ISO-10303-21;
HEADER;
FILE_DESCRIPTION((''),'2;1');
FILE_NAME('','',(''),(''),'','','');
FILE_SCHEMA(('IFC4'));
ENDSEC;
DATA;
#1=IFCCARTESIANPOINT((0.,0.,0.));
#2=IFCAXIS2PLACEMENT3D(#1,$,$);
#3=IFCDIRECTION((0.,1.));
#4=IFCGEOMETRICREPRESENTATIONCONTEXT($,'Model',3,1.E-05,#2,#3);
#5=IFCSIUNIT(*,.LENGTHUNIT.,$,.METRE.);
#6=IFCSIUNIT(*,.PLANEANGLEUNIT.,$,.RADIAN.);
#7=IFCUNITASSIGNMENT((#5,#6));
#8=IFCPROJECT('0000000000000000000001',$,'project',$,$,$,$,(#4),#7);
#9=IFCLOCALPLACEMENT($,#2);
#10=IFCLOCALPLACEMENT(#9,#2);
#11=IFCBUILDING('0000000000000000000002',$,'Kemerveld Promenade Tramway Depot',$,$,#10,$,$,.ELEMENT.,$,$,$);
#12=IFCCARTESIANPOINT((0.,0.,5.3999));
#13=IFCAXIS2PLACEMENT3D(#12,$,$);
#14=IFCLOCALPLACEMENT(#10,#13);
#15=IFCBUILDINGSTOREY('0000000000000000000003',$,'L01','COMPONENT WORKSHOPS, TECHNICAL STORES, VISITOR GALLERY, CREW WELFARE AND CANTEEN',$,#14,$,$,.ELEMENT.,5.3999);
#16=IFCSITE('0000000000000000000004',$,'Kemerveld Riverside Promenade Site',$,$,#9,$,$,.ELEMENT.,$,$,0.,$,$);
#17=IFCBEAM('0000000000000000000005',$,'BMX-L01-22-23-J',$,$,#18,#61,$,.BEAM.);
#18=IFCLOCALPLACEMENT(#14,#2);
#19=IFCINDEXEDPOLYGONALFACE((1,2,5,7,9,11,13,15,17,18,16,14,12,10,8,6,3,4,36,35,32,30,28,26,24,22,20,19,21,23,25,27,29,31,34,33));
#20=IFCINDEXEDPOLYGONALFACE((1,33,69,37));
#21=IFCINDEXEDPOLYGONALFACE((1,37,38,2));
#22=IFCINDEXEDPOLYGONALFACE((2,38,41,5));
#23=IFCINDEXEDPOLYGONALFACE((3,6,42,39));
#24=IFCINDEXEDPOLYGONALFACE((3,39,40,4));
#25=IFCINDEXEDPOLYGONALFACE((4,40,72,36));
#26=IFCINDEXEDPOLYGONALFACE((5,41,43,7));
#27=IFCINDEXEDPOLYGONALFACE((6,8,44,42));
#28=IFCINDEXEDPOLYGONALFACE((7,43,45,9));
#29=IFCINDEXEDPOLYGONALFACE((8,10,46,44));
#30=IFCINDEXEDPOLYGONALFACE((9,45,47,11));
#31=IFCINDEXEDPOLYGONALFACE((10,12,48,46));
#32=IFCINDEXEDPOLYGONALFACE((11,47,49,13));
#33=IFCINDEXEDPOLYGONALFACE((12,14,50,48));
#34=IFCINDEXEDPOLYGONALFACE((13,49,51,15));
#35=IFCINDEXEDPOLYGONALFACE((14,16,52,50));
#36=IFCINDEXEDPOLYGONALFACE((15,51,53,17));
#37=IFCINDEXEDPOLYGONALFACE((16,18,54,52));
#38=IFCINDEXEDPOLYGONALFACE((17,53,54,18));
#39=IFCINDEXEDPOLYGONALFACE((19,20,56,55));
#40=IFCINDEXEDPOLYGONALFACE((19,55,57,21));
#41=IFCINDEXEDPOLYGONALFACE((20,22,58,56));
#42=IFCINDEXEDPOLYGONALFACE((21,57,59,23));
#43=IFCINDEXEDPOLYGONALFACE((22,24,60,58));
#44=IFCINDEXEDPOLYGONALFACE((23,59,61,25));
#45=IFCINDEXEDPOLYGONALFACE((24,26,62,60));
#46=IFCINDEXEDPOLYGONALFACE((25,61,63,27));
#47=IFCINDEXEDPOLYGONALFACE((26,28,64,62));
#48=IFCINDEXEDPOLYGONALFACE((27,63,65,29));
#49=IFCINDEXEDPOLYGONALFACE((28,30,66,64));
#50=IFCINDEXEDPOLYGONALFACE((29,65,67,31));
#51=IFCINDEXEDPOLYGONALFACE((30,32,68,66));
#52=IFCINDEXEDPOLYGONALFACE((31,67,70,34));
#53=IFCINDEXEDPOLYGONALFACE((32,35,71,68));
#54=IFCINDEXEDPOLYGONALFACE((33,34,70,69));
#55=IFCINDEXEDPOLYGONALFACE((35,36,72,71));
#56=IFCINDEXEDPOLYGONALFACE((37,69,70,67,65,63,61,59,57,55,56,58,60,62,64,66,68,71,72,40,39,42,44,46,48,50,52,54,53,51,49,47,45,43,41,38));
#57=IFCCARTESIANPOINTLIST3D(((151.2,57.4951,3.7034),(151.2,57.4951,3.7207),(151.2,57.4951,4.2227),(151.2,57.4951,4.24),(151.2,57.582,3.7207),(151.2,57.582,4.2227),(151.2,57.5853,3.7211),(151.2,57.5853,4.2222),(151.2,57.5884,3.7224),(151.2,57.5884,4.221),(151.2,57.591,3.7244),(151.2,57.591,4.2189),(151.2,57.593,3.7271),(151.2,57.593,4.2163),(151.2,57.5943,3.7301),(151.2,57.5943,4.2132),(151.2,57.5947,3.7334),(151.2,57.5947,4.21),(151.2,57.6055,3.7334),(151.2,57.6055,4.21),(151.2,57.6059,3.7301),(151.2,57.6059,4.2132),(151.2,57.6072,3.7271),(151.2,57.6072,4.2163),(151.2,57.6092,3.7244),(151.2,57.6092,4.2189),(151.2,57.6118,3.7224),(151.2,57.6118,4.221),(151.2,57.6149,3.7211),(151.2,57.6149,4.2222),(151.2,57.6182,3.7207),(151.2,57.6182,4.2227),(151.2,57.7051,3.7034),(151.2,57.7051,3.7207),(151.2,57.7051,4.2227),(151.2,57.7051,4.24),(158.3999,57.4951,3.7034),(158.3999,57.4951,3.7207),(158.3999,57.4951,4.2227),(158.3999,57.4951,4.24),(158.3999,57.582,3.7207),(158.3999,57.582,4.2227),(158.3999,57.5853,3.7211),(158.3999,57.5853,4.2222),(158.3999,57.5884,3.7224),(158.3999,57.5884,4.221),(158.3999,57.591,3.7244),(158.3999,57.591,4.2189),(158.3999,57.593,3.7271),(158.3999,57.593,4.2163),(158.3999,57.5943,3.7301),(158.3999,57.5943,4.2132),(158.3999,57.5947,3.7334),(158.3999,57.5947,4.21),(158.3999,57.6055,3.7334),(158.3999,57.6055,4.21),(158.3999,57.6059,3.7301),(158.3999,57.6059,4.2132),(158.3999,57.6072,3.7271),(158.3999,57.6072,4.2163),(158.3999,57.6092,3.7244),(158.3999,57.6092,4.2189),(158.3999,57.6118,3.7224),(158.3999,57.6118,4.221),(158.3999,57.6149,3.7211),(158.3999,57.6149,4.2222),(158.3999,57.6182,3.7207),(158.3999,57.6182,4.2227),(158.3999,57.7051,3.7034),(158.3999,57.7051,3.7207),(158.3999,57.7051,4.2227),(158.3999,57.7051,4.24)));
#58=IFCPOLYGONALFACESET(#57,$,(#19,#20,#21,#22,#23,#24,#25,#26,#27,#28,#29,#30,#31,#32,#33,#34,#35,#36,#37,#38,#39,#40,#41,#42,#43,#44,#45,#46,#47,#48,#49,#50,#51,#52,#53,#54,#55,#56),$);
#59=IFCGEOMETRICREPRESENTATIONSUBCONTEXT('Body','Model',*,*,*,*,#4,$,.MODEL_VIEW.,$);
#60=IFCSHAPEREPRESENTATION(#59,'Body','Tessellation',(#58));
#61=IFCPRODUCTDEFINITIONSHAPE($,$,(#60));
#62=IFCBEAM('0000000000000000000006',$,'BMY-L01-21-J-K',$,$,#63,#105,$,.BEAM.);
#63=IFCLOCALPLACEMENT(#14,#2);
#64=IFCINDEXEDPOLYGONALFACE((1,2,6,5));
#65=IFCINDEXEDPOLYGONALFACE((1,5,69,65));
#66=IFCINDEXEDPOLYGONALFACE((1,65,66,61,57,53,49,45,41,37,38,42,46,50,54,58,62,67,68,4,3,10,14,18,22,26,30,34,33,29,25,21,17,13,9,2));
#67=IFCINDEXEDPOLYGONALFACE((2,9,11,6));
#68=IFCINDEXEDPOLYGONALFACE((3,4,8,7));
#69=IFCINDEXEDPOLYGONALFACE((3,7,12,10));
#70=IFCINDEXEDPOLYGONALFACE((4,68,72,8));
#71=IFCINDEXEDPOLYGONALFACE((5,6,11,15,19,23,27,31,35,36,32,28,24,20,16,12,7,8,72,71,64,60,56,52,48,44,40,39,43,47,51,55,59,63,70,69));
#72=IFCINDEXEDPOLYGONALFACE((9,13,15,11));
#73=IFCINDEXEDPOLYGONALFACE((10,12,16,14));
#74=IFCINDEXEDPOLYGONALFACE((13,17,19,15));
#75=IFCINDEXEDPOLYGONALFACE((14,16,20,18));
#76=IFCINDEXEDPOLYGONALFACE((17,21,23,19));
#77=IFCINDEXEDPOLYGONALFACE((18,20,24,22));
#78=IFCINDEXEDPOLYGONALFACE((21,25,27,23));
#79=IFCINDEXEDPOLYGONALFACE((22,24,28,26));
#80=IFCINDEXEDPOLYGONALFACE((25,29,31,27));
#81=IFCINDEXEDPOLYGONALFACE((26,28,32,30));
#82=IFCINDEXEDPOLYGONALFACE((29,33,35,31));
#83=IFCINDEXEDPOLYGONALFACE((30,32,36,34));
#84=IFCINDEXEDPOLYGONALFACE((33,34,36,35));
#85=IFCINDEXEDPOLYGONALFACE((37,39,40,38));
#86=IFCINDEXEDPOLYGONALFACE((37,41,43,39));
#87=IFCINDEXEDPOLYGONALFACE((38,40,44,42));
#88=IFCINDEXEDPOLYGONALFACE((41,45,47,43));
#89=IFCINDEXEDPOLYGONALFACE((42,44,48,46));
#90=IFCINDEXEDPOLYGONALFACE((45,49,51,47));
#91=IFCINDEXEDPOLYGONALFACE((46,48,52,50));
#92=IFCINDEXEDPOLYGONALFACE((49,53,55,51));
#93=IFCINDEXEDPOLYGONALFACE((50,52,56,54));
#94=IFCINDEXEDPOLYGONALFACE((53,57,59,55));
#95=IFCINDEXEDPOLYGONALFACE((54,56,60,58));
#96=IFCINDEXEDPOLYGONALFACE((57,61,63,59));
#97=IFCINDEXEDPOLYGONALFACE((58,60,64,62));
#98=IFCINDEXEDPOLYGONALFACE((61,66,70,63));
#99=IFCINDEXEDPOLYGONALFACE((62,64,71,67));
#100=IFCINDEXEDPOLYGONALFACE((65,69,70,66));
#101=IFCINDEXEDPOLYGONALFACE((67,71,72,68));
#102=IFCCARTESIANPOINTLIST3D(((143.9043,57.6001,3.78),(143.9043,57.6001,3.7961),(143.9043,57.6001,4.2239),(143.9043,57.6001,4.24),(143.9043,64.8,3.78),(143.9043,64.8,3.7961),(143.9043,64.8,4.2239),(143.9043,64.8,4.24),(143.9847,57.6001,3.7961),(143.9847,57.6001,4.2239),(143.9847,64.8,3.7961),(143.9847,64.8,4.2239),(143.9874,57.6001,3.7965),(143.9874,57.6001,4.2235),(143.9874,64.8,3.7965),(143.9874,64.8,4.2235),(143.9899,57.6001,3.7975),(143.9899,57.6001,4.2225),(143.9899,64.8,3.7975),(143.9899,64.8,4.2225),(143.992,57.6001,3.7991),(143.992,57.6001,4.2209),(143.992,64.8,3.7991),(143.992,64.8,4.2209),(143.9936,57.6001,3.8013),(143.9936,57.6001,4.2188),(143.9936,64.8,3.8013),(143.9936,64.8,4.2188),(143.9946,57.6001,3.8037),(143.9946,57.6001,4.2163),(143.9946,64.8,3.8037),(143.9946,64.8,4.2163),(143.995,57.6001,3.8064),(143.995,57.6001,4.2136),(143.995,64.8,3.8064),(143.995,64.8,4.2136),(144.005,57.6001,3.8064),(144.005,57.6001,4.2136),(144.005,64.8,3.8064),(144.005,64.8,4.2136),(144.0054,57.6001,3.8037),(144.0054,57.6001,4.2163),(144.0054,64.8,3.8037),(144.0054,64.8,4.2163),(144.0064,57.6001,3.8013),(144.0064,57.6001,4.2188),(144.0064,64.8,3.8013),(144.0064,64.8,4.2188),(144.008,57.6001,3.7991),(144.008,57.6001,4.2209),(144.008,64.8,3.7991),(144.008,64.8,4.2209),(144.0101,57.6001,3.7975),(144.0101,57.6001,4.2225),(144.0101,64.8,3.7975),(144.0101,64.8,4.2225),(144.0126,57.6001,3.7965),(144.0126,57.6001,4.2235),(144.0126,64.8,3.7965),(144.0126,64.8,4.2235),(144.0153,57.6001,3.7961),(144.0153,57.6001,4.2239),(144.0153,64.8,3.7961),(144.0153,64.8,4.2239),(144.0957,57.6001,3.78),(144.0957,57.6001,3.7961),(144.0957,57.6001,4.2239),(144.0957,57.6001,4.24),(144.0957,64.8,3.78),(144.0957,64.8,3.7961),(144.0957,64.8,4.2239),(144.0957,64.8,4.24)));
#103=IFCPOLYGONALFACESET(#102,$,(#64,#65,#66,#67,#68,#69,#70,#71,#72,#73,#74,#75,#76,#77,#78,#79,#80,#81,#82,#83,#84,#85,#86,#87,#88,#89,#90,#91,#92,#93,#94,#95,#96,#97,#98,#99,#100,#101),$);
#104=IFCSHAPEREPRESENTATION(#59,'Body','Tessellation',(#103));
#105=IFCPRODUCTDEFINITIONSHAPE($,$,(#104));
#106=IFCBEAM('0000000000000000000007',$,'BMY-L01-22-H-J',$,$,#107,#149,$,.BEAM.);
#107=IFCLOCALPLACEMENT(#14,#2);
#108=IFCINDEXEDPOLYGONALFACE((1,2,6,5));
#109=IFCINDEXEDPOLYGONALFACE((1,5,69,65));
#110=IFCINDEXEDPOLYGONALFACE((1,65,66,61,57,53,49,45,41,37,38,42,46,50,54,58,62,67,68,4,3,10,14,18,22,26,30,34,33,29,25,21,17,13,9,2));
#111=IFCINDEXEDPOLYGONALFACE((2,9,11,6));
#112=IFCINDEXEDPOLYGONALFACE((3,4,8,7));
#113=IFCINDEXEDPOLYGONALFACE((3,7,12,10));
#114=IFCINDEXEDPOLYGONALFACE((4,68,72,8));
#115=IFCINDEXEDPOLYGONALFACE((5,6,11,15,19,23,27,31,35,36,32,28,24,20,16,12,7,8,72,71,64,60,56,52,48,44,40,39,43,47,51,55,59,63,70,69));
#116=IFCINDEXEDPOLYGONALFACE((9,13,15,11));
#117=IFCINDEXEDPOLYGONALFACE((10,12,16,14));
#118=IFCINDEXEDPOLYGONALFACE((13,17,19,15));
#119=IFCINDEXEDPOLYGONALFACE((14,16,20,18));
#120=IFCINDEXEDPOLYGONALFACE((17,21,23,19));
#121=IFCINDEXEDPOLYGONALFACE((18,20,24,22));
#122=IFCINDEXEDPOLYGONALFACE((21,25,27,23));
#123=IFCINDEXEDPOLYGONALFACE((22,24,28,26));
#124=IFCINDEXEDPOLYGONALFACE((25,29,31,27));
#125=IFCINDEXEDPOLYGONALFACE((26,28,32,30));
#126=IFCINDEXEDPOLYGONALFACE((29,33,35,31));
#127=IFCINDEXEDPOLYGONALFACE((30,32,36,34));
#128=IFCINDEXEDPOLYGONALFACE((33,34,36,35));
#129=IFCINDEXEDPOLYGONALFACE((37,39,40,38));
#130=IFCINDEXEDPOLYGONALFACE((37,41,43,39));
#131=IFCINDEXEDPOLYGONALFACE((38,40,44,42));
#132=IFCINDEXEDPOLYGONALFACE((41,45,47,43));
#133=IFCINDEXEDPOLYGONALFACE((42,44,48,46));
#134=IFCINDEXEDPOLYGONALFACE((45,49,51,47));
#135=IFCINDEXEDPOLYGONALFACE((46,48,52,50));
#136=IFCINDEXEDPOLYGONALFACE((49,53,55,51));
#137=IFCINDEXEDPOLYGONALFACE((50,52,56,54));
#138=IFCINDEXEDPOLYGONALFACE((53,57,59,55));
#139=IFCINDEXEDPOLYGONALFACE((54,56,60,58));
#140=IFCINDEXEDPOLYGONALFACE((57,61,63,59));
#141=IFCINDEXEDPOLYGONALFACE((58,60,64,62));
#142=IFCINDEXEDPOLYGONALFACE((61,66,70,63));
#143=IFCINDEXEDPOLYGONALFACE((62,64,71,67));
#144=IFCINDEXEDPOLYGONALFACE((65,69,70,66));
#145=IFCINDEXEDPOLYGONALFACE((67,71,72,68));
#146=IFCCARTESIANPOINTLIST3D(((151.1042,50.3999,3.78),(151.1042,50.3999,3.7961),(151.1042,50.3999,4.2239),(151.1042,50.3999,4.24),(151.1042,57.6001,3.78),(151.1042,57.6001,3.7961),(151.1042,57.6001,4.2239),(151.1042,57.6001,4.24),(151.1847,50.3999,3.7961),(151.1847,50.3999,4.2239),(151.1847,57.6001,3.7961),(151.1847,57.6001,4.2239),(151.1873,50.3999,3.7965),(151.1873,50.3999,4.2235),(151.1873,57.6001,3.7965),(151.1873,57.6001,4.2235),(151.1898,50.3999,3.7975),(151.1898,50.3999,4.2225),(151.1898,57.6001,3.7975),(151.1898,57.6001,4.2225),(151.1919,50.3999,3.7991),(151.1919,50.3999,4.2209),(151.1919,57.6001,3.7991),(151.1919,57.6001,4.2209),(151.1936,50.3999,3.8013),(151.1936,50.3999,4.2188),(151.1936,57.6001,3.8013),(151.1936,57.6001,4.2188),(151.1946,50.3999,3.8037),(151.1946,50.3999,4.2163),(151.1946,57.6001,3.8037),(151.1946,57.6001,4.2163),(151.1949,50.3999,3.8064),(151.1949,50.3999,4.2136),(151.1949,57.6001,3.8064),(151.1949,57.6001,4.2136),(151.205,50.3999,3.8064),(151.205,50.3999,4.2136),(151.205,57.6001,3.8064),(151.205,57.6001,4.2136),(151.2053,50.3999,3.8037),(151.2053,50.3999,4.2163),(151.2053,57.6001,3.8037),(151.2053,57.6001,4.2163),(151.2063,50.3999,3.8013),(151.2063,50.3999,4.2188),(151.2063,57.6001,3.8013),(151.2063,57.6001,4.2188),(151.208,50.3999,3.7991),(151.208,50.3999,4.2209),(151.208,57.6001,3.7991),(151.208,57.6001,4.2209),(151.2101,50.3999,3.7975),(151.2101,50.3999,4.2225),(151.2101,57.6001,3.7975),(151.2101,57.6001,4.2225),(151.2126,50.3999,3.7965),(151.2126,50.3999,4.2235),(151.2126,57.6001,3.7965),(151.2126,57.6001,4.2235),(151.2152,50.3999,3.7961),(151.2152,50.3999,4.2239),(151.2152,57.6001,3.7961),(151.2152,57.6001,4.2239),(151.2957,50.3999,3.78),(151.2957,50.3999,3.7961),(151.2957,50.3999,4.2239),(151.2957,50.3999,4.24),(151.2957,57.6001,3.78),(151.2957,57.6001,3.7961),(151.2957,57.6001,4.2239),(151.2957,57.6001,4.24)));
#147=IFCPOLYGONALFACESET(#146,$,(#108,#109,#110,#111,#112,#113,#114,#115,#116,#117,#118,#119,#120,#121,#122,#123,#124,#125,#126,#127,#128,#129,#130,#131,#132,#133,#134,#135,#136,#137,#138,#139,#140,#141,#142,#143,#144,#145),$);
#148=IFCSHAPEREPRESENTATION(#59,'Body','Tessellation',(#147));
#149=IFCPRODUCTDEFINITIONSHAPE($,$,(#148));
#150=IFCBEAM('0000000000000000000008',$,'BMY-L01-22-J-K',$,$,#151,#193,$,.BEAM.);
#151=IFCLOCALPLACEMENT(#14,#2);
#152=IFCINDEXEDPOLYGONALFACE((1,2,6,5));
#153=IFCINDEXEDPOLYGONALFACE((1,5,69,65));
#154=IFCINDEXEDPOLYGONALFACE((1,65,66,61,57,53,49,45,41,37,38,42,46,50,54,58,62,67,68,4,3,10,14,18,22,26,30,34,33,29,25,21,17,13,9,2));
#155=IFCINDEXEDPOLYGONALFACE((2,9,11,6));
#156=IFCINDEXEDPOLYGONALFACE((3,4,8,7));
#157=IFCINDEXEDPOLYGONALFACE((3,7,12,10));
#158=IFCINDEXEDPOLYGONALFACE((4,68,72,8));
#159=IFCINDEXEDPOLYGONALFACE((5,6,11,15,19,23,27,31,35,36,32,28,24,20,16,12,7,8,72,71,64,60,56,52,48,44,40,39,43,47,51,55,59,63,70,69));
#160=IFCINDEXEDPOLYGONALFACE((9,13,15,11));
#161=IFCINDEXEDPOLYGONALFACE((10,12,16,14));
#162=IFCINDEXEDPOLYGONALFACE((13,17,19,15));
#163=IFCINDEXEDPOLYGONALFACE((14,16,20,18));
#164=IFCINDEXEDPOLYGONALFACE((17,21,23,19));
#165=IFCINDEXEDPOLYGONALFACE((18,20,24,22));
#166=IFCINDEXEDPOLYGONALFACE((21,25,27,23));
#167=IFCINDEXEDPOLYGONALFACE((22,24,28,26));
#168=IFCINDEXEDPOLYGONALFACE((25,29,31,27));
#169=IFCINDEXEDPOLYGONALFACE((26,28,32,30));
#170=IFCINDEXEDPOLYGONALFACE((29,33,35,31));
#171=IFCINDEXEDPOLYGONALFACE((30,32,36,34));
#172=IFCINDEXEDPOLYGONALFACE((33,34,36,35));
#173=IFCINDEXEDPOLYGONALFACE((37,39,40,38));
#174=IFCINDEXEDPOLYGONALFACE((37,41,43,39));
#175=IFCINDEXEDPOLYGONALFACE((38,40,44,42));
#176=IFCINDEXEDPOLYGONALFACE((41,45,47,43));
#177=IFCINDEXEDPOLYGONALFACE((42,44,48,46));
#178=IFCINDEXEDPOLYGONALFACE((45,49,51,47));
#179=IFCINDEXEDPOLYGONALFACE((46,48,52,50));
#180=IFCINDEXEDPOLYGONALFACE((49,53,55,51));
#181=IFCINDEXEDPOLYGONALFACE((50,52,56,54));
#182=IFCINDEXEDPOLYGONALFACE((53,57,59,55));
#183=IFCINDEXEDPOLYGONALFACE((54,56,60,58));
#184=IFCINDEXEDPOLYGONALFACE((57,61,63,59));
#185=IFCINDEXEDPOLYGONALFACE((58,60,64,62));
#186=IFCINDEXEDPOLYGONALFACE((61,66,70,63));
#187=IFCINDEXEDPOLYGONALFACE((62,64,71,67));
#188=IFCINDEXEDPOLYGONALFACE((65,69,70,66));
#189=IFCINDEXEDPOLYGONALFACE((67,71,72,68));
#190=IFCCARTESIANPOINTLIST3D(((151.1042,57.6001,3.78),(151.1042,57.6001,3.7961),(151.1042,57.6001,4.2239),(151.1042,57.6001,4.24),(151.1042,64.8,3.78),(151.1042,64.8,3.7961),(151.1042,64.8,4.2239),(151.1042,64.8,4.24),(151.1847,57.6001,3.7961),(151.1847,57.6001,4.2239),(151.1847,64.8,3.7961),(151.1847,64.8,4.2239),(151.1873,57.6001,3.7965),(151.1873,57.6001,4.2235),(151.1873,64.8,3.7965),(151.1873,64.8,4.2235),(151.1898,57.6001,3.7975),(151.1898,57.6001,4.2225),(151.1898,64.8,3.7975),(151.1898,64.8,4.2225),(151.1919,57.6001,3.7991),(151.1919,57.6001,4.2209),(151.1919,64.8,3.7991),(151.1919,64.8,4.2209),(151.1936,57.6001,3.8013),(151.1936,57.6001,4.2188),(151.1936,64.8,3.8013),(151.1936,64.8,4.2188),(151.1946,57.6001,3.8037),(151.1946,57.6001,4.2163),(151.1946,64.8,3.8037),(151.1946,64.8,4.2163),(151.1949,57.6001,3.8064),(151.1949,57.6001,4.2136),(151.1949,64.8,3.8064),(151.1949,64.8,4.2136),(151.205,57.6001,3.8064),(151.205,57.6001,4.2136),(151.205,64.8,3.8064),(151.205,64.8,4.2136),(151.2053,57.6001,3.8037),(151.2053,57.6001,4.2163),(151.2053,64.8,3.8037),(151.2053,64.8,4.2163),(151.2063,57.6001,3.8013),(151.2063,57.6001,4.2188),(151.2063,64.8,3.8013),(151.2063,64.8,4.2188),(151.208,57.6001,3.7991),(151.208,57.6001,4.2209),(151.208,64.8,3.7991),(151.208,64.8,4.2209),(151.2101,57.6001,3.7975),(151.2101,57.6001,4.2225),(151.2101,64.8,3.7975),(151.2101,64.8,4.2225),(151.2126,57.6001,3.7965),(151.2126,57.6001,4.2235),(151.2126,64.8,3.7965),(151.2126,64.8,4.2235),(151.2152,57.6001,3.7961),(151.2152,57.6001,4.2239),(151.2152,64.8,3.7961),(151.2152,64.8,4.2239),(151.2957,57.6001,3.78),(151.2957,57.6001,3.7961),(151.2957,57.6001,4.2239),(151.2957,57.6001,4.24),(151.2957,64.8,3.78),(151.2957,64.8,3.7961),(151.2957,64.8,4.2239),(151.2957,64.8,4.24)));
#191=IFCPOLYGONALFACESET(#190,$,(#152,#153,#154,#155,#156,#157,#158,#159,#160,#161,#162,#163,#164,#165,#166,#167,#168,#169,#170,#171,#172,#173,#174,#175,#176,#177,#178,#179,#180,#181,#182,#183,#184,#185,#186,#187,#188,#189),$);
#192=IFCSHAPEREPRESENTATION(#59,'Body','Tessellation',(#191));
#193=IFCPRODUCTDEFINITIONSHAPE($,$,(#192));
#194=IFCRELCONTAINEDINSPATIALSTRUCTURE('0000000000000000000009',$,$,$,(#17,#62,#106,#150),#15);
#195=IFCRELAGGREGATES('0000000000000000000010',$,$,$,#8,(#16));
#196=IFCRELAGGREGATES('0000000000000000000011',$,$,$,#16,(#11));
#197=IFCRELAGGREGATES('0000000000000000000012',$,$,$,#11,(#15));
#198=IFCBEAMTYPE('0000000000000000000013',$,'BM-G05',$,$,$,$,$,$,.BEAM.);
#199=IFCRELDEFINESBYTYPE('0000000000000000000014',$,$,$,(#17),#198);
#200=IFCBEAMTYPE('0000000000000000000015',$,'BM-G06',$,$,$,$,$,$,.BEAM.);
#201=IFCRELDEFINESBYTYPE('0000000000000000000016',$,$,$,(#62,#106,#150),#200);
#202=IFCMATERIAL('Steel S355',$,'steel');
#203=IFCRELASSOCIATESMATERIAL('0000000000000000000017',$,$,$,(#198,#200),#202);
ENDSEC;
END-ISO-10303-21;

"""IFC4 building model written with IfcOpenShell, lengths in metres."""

from ifc_helpers import new_model, si_unit, direction, frame, origin, origin_2d, place, context, subcontext, project, spatial, i_section, extrude, material, material_profile, profile_set, type_object, element, save


model = new_model("IFC4")

# Units and contexts
model_context = context("Model", 3, precision=1e-05, world=origin(), true_north=direction((0.0, 1.0)))
body_context = subcontext(model_context, "Body", "Model", "MODEL_VIEW")
ifc_project = project(units=[si_unit("LENGTHUNIT", "METRE"), si_unit("PLANEANGLEUNIT", "RADIAN")], contexts=[model_context])

# Site, building, storey
site_placement = place(None, origin())
site = spatial("IfcSite", under=ifc_project, at=site_placement, Name="Kemerveld Riverside Promenade Site", CompositionType="ELEMENT", RefElevation=0.0)
building_placement = place(site_placement, origin())
building = spatial("IfcBuilding", under=site, at=building_placement, Name="Kemerveld Promenade Tramway Depot", CompositionType="ELEMENT")
storey_placement = place(building_placement, frame((0.0, 0.0, 5.3999)))
storey = spatial("IfcBuildingStorey", under=building, at=storey_placement, Name="L01", Description="COMPONENT WORKSHOPS, TECHNICAL STORES, VISITOR GALLERY, CREW WELFARE AND CANTEEN", CompositionType="ELEMENT", Elevation=5.3999)

# Shared definitions
ifc_material_1 = material(Name="Steel S355", Category="steel")

# Beams
ifc_material_profile_1 = material_profile(ifc_material_1, i_section(OverallWidth=0.21, OverallDepth=0.5366, WebThickness=0.0107, FlangeThickness=0.0173, FilletRadius=0.0127, at=origin_2d()), Name="533x210x101 UB")
ifc_profile_set_1 = profile_set([ifc_material_profile_1], Name="Steel S355")
beam_type_1 = type_object("IfcBeamType", Name="BM-G05", PredefinedType="BEAM", material=ifc_profile_set_1)
for number, where, z_axis, x_axis, name in (
    (1, (151.2, 57.6001, 3.9717), (1.0, 0.0, 0.0), (0.0, 1.0, 0.0), "BMX-L01-22-23-J"),
):
    element("IfcBeam", number, at=place(storey_placement, frame(where, z_axis=z_axis, x_axis=x_axis)), inside=storey, type_object=beam_type_1, Name=name, PredefinedType="BEAM", context=body_context, shape_type="SweptSolid", body=[
        extrude(i_section(OverallWidth=0.21, OverallDepth=0.5366, WebThickness=0.0107, FlangeThickness=0.0173, FilletRadius=0.0127, at=origin_2d()), origin(), (0.0, 0.0, 1.0), 7.2),
    ])
ifc_material_profile_2 = material_profile(ifc_material_1, i_section(OverallWidth=0.1914, OverallDepth=0.46, WebThickness=0.01, FlangeThickness=0.0161, FilletRadius=0.0103, at=origin_2d()), Name="457x191x82 UB")
ifc_profile_set_2 = profile_set([ifc_material_profile_2], Name="Steel S355")
beam_type_2 = type_object("IfcBeamType", Name="BM-G06", PredefinedType="BEAM", material=ifc_profile_set_2)
beam_1_placement = place(storey_placement, frame((144.0, 57.6001, 4.01), z_axis=(0.0, 1.0, 0.0), x_axis=(-1.0, 0.0, 0.0)))
element("IfcBeam", 2, at=beam_1_placement, inside=storey, type_object=beam_type_2, Name="BMY-L01-21-J-K", PredefinedType="BEAM", context=body_context, shape_type="SweptSolid", body=[
    extrude(i_section(OverallWidth=0.1914, OverallDepth=0.46, WebThickness=0.01, FlangeThickness=0.0161, FilletRadius=0.0103, at=origin_2d()), origin(), (0.0, 0.0, 1.0), 7.2),
])
beam_2_placement = place(storey_placement, frame((151.2, 50.3999, 4.01), z_axis=(0.0, 1.0, 0.0), x_axis=(-1.0, 0.0, 0.0)))
element("IfcBeam", 3, at=beam_2_placement, inside=storey, type_object=beam_type_2, Name="BMY-L01-22-H-J", PredefinedType="BEAM", context=body_context, shape_type="SweptSolid", body=[
    extrude(i_section(OverallWidth=0.1914, OverallDepth=0.46, WebThickness=0.01, FlangeThickness=0.0161, FilletRadius=0.0103, at=origin_2d()), origin(), (0.0, 0.0, 1.0), 7.2002),
])
for number, where, z_axis, x_axis, name in (
    (4, (151.2, 57.6001, 4.01), (0.0, 1.0, 0.0), (-1.0, 0.0, 0.0), "BMY-L01-22-J-K"),
):
    element("IfcBeam", number, at=place(storey_placement, frame(where, z_axis=z_axis, x_axis=x_axis)), inside=storey, type_object=beam_type_2, Name=name, PredefinedType="BEAM", context=body_context, shape_type="SweptSolid", body=[
        extrude(i_section(OverallWidth=0.1914, OverallDepth=0.46, WebThickness=0.01, FlangeThickness=0.0161, FilletRadius=0.0103, at=origin_2d()), origin(), (0.0, 0.0, 1.0), 7.2),
    ])

save(model, "model.ifc")
